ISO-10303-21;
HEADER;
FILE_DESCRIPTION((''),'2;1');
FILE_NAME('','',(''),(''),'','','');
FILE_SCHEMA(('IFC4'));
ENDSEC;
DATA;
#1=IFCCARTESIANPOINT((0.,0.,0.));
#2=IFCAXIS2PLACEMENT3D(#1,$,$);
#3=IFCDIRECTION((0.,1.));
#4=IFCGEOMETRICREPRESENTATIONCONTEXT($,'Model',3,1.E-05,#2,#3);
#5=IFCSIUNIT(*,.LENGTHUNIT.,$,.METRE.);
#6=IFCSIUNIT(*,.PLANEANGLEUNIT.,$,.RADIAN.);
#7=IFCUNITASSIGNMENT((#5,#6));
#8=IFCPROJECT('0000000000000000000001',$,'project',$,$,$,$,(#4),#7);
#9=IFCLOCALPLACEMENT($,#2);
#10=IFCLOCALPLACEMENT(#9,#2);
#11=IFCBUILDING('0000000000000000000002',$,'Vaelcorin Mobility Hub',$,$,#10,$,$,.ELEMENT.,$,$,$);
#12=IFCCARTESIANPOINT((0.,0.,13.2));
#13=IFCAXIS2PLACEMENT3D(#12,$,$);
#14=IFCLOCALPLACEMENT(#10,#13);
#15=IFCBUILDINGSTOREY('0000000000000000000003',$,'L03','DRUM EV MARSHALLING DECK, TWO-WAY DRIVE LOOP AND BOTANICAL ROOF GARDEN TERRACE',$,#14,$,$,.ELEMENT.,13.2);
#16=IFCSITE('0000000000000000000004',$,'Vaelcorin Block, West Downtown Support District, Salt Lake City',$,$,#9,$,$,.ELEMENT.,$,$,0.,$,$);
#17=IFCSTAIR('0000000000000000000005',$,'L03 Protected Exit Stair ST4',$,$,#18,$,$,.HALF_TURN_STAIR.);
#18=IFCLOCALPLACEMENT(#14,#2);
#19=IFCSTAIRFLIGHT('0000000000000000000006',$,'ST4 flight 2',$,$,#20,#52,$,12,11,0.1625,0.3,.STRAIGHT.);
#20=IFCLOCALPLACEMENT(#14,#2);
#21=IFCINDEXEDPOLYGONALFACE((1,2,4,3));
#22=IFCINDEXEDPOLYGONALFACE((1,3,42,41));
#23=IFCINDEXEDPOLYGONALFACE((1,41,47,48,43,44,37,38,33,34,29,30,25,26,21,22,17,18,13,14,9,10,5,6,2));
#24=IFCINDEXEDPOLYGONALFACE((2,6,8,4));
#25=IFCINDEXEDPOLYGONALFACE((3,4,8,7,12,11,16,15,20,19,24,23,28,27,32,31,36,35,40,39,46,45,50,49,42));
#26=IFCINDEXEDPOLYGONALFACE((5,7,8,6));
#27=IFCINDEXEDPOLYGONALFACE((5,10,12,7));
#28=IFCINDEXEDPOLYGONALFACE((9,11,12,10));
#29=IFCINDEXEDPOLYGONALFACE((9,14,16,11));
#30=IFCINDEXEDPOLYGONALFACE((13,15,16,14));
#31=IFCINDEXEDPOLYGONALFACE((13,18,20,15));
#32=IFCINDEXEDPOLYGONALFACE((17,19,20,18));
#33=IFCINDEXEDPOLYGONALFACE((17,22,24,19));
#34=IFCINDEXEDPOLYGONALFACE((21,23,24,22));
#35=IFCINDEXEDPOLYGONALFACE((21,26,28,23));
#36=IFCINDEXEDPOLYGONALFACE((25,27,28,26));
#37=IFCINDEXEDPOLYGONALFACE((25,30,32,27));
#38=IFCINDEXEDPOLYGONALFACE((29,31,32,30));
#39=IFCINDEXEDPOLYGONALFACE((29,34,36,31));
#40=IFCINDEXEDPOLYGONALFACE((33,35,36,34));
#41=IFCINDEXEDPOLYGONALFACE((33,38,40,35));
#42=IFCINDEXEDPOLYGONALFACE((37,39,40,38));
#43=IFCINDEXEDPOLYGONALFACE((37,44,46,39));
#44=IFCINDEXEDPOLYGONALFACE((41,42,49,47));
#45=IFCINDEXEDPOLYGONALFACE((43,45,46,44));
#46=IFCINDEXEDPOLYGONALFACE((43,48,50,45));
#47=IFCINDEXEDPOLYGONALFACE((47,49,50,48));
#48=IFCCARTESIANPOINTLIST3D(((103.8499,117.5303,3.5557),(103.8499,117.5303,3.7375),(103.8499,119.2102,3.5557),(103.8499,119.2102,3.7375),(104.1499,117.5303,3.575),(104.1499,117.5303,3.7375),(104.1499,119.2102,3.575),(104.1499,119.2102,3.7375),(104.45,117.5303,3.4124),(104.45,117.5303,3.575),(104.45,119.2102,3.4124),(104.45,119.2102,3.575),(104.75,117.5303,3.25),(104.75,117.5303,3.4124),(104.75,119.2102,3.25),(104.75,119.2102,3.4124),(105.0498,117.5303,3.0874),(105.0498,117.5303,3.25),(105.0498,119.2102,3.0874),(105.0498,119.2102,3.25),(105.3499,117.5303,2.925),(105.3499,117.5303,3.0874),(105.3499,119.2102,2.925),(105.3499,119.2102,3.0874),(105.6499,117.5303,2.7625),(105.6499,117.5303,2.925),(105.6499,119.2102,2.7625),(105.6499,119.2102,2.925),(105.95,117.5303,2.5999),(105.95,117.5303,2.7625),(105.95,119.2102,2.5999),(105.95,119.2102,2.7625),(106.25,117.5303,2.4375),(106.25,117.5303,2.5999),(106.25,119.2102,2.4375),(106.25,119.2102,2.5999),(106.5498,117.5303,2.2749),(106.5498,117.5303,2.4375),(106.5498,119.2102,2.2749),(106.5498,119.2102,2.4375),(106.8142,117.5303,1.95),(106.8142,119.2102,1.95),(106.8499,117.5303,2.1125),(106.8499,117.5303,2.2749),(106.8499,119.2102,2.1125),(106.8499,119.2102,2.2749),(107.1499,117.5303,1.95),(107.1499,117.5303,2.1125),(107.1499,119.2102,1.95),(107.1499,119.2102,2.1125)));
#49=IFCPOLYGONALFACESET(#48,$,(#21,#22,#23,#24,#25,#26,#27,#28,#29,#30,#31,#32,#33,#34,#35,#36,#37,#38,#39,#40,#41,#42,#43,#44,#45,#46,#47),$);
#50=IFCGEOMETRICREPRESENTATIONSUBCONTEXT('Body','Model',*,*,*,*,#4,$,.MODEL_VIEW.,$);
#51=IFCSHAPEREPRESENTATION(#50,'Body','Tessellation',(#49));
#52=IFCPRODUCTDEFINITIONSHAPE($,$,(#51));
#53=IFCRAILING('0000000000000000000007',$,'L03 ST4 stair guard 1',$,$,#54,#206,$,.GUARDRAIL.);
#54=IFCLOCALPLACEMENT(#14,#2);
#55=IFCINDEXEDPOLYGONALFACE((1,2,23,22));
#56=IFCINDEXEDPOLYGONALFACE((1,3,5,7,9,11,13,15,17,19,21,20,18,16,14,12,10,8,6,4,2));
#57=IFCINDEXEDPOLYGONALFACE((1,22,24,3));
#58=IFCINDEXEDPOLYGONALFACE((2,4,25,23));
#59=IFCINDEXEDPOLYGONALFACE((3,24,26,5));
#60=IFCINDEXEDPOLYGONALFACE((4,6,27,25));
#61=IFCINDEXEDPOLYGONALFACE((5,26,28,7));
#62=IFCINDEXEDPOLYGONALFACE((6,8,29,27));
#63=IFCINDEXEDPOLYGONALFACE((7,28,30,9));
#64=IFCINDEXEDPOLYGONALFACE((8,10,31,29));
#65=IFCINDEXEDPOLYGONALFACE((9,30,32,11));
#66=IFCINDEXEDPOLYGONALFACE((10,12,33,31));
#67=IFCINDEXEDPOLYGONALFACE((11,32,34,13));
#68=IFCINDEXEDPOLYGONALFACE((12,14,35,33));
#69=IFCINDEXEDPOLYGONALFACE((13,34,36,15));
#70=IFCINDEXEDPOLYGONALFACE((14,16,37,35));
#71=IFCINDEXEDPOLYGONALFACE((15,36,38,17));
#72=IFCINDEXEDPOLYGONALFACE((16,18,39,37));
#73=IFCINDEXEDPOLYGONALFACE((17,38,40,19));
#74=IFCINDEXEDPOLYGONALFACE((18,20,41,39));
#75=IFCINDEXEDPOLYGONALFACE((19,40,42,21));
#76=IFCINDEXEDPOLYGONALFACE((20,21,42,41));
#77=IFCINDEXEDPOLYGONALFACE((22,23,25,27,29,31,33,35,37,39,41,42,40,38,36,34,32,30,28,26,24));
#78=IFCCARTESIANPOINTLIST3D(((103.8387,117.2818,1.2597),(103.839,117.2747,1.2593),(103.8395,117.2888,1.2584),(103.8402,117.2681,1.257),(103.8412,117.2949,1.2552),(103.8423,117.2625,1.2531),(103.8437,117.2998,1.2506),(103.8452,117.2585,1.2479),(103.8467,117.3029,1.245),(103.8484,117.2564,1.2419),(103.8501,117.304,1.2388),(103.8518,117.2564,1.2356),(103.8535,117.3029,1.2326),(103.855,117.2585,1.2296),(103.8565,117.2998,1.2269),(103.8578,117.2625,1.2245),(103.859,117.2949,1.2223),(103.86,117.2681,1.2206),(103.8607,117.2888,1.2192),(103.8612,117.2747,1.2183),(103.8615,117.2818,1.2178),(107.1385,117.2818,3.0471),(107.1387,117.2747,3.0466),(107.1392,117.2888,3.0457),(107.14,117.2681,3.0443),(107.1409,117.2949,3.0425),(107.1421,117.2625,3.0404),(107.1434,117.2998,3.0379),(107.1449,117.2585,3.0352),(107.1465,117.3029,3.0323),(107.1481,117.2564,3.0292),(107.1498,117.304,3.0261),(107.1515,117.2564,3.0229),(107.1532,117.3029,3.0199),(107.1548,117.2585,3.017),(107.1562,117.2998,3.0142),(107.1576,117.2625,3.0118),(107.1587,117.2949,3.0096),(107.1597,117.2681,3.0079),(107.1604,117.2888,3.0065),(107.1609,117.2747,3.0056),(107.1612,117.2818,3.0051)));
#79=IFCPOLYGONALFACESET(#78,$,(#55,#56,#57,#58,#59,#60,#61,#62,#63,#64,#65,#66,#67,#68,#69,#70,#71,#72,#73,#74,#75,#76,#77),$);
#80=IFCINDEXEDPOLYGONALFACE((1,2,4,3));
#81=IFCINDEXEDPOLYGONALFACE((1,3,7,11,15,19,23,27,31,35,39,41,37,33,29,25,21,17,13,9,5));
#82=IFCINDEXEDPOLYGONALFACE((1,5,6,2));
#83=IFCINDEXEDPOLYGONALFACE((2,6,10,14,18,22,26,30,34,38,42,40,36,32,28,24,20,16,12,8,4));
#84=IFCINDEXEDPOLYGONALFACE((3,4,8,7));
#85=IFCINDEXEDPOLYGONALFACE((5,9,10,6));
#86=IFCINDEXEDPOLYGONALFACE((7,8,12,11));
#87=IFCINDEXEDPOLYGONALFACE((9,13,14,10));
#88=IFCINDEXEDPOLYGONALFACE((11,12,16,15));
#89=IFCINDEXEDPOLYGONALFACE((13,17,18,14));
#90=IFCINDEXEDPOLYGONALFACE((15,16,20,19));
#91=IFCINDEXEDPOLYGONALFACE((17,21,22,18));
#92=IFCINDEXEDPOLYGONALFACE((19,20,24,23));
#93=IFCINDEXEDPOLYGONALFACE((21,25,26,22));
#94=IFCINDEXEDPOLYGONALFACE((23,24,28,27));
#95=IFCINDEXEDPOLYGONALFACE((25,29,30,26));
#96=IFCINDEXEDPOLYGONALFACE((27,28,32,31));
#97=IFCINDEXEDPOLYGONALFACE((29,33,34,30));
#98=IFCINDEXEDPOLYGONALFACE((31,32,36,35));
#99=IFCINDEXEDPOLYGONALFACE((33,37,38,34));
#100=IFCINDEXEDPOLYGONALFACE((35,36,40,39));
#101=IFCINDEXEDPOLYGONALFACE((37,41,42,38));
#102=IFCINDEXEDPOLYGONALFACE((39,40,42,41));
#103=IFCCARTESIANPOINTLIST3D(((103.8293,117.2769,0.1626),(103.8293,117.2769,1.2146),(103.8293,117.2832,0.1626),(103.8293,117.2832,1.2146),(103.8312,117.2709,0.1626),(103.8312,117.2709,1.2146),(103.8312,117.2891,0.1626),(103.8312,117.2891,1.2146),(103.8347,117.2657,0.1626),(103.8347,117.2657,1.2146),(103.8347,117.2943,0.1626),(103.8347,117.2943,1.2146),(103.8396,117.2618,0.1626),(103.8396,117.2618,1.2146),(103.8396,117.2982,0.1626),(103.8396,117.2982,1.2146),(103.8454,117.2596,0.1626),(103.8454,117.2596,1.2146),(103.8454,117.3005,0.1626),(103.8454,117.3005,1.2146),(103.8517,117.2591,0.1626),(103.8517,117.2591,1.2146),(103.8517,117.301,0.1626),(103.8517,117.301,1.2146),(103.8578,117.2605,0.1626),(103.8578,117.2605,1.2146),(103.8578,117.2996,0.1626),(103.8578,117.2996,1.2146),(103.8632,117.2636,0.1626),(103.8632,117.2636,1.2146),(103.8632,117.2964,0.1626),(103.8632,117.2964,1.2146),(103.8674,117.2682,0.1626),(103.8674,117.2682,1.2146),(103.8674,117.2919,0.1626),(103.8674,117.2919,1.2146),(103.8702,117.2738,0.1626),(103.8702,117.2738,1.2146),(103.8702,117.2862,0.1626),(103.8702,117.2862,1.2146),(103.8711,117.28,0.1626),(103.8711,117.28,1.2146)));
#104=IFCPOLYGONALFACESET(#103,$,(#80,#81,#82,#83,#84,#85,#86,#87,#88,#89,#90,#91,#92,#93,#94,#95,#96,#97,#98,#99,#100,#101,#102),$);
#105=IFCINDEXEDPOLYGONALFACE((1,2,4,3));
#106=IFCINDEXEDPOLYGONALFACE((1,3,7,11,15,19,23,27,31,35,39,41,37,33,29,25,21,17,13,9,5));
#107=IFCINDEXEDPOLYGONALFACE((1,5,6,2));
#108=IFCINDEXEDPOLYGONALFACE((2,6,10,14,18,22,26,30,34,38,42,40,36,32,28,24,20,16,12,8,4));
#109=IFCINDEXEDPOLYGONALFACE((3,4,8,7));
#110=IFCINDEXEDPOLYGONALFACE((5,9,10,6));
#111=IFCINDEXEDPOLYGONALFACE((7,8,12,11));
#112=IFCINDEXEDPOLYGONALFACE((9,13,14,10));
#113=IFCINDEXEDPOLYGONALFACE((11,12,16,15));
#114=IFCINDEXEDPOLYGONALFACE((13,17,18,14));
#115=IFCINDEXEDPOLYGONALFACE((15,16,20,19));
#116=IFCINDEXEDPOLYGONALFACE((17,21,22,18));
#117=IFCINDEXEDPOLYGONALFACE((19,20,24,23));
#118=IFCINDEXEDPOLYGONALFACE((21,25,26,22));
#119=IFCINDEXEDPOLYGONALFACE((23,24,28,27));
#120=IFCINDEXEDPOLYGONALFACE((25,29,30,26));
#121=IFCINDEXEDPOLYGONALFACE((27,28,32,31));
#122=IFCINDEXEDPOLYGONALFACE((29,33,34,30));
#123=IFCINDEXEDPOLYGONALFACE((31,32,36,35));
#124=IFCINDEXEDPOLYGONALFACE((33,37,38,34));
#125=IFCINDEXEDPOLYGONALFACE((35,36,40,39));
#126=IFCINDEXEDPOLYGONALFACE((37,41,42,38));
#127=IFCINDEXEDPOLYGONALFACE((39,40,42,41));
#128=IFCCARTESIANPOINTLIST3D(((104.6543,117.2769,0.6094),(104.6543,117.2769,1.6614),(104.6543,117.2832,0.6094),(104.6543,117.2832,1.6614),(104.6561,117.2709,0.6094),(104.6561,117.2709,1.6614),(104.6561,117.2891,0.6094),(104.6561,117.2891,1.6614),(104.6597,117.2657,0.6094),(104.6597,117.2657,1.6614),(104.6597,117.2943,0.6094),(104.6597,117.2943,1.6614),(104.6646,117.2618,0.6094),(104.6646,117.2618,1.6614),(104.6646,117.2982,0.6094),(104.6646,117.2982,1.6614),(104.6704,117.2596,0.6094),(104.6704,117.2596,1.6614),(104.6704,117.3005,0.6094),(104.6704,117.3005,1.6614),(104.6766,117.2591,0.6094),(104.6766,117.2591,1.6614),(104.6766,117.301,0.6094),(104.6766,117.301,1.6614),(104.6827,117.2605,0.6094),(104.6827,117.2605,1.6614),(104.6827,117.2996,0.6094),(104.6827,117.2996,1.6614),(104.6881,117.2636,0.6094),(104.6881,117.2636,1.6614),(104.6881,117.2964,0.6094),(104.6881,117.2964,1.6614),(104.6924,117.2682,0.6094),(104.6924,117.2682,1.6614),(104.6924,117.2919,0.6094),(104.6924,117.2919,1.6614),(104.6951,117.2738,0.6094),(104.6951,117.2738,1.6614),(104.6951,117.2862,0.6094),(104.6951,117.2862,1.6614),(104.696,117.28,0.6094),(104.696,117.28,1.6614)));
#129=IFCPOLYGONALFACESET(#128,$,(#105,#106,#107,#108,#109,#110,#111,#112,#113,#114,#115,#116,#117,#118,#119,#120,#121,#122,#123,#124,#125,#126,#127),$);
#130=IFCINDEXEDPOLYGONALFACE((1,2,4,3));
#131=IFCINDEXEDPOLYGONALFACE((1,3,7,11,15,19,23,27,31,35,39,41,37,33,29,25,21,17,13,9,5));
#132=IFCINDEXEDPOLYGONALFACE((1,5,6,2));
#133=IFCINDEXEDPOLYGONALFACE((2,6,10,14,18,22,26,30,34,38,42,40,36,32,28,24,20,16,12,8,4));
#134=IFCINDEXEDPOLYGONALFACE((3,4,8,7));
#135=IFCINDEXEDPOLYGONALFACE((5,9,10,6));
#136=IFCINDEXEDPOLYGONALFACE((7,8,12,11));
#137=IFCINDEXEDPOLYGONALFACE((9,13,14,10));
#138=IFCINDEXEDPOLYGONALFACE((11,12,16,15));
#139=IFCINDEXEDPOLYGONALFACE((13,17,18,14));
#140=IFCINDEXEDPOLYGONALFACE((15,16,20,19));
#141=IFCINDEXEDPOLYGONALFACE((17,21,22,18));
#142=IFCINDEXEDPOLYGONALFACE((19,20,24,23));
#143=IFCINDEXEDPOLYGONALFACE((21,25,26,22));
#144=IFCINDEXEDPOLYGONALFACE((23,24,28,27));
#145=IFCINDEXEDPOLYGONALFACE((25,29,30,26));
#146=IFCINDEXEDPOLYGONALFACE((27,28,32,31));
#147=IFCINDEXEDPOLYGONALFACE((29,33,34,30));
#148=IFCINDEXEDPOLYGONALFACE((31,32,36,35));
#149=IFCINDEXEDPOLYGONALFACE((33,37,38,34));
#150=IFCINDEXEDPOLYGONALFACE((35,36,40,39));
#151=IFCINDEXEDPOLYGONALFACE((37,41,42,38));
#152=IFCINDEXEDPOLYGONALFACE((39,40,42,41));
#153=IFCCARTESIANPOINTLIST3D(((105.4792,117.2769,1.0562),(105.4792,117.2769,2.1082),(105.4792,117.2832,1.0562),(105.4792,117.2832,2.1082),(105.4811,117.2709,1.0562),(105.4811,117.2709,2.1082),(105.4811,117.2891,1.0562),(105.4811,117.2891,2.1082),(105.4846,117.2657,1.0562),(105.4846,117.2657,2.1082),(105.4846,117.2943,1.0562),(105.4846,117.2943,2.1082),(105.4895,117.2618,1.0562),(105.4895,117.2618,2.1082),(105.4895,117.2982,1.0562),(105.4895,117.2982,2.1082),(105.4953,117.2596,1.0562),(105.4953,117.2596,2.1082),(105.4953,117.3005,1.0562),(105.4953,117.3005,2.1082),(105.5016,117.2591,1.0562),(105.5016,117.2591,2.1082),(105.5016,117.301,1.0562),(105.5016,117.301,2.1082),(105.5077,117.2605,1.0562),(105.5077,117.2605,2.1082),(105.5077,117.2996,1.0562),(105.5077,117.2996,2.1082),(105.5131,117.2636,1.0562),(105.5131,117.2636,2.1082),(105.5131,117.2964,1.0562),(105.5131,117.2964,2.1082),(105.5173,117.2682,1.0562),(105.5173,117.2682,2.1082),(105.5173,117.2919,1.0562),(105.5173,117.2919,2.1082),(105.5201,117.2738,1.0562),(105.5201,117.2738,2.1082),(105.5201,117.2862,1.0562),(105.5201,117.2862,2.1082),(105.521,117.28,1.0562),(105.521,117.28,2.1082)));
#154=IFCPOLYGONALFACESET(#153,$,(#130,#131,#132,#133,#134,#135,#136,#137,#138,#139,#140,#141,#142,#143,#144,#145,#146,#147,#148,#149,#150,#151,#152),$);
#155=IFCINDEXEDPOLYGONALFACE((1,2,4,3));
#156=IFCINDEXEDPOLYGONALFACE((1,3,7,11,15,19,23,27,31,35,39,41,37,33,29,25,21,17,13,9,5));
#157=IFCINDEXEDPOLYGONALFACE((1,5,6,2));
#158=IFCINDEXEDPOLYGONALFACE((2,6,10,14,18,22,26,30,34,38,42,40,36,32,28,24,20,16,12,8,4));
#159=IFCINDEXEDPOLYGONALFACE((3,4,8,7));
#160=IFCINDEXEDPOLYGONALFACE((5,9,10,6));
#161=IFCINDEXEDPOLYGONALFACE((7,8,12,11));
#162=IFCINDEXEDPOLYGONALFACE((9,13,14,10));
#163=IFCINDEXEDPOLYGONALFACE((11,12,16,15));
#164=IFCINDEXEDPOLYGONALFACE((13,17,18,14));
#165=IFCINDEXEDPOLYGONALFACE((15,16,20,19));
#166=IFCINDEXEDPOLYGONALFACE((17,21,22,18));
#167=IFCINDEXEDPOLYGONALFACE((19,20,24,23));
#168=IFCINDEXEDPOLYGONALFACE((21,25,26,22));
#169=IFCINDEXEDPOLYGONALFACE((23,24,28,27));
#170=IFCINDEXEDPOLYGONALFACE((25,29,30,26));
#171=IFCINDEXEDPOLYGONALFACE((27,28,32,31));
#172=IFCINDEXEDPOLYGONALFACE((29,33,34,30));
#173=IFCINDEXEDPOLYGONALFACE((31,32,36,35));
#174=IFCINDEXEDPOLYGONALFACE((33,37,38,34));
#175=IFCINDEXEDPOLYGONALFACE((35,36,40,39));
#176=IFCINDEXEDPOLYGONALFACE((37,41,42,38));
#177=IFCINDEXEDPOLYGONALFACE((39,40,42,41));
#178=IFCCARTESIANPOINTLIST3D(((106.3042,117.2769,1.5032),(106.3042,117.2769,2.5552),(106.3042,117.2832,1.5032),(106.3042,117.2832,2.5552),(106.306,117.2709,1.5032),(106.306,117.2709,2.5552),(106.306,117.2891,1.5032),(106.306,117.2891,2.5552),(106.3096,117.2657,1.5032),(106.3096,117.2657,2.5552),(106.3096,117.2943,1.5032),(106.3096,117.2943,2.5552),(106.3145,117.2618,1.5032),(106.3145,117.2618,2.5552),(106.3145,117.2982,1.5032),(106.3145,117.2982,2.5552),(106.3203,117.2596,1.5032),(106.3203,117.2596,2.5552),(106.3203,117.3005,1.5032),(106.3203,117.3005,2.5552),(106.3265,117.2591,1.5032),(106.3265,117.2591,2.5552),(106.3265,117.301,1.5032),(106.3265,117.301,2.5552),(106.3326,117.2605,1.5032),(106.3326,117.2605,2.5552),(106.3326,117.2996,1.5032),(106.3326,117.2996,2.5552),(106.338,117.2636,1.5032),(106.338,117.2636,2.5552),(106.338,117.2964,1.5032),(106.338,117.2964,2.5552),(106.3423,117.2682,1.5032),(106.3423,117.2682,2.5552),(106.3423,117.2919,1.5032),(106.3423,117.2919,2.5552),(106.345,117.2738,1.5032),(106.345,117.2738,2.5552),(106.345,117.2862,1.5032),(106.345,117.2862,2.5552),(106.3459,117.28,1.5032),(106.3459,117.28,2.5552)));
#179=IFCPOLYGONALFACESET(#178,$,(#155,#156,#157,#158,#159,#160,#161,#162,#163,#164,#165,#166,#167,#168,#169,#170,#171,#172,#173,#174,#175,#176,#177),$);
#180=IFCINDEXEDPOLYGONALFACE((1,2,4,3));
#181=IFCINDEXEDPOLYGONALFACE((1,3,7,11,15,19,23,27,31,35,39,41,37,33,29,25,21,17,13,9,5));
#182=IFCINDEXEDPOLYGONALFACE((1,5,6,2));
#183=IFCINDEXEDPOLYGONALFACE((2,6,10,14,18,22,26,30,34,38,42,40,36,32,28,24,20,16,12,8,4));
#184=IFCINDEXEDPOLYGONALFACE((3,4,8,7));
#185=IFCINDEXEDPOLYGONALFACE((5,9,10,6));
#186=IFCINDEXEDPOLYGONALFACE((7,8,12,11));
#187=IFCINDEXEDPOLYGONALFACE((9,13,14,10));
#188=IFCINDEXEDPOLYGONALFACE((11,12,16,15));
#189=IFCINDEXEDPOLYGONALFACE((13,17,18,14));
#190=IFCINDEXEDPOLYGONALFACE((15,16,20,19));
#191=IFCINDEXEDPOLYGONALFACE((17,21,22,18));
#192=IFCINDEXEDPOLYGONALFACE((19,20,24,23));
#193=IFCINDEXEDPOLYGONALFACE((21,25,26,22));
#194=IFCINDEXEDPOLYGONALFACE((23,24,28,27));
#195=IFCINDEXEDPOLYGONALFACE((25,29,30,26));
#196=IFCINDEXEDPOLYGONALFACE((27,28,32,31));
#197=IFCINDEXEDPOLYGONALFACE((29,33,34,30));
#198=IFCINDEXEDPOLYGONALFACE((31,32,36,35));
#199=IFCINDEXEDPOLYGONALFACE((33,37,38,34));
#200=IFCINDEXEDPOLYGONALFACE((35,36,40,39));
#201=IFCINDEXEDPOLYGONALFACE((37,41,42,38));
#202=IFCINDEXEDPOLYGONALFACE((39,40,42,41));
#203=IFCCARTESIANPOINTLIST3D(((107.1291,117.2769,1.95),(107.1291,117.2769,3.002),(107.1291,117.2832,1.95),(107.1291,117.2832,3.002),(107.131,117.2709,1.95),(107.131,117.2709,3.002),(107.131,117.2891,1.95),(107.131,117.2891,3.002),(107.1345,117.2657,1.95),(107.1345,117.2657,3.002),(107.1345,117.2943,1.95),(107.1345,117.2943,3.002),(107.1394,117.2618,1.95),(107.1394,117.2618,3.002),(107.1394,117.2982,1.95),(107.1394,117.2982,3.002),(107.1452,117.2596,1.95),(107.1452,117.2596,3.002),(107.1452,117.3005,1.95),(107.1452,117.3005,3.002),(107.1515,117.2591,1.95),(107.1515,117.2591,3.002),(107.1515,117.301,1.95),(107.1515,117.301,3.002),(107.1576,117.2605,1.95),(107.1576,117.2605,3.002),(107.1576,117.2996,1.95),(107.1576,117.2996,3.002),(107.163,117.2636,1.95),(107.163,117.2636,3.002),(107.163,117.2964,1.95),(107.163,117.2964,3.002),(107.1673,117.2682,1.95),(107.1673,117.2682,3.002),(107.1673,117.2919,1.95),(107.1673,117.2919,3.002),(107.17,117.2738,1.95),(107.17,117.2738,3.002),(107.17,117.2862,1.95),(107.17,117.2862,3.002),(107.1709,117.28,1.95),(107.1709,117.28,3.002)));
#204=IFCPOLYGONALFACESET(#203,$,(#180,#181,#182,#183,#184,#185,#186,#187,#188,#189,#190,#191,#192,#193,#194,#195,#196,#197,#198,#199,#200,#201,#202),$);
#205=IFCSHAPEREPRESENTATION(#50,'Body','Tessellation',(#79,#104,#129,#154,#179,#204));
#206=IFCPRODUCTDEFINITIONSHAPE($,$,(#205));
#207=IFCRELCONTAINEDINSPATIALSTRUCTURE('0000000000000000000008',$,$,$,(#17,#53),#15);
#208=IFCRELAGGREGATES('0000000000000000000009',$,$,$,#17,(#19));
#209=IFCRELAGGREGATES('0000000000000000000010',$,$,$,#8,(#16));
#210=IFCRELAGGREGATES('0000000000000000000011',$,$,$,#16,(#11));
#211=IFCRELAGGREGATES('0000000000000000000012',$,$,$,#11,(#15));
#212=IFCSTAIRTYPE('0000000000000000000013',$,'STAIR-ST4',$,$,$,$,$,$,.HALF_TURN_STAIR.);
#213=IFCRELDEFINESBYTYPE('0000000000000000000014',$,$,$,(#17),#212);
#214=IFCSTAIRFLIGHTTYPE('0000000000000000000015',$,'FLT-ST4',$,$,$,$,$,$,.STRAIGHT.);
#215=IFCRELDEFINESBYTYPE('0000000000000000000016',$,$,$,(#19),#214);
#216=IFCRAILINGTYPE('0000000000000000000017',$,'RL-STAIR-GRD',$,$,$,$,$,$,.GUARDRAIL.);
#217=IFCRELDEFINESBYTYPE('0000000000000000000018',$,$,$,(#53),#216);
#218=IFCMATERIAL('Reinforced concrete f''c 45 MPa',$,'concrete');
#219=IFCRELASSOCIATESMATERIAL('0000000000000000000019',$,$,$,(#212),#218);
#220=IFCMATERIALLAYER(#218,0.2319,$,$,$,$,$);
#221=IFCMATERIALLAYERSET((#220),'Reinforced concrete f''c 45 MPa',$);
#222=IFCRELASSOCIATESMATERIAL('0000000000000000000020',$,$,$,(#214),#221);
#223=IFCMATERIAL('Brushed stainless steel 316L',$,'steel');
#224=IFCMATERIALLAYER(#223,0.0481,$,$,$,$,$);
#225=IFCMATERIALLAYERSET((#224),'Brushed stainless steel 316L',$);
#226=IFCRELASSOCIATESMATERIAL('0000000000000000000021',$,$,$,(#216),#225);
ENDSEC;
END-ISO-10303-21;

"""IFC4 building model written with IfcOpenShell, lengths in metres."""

from ifc_helpers import new_model, si_unit, direction, frame, origin, origin_2d, place, context, subcontext, project, spatial, polyline, circle, outline, extrude, material, layer, layer_set, type_object, element, aggregate, save


model = new_model("IFC4")

# Units and contexts
model_context = context("Model", 3, precision=1e-05, world=origin(), true_north=direction((0.0, 1.0)))
body_context = subcontext(model_context, "Body", "Model", "MODEL_VIEW")
ifc_project = project(units=[si_unit("LENGTHUNIT", "METRE"), si_unit("PLANEANGLEUNIT", "RADIAN")], contexts=[model_context])

# Site, building, storey
site_placement = place(None, origin())
site = spatial("IfcSite", under=ifc_project, at=site_placement, Name="Vaelcorin Block, West Downtown Support District, Salt Lake City", CompositionType="ELEMENT", RefElevation=0.0)
building_placement = place(site_placement, origin())
building = spatial("IfcBuilding", under=site, at=building_placement, Name="Vaelcorin Mobility Hub", CompositionType="ELEMENT")
storey_placement = place(building_placement, frame((0.0, 0.0, 13.2)))
storey = spatial("IfcBuildingStorey", under=building, at=storey_placement, Name="L03", Description="DRUM EV MARSHALLING DECK, TWO-WAY DRIVE LOOP AND BOTANICAL ROOF GARDEN TERRACE", CompositionType="ELEMENT", Elevation=13.2)

# Shared definitions
ifc_material_1 = material(Name="Reinforced concrete f'c 45 MPa", Category="concrete")

# Stair, stair flight
stair_type = type_object("IfcStairType", Name="STAIR-ST4", PredefinedType="HALF_TURN_STAIR", material=ifc_material_1)
stair_placement = place(storey_placement, origin())
stair = element("IfcStair", 1, at=stair_placement, inside=storey, type_object=stair_type, Name="L03 Protected Exit Stair ST4", PredefinedType="HALF_TURN_STAIR")
ifc_layer_1 = layer(ifc_material_1, 0.2319)
ifc_layer_set_1 = layer_set([ifc_layer_1], Name="Reinforced concrete f'c 45 MPa")
stair_flight_type = type_object("IfcStairFlightType", Name="FLT-ST4", PredefinedType="STRAIGHT", material=ifc_layer_set_1)
stair_flight_1_placement = place(storey_placement, frame((107.1499, 118.3701, 1.95), z_axis=(0.0, 0.0, 1.0), x_axis=(-1.0, 0.0, 0.0)))
stair_flight_1 = element("IfcStairFlight", 2, at=stair_flight_1_placement, type_object=stair_flight_type, Name="ST4 flight 2", NumberOfRisers=12, NumberOfTreads=11, PredefinedType="STRAIGHT", RiserHeight=0.1625, TreadLength=0.3, context=body_context, shape_type="SweptSolid", body=[
    extrude(outline(polyline([(0.0, 0.0), (0.0, 0.1626), (0.3, 0.1626), (0.3, 0.325), (0.6001, 0.325), (0.6001, 0.4875), (0.8999, 0.4875), (0.8999, 0.6499), (1.2, 0.6499), (1.2, 0.8125), (1.5, 0.8125), (1.5, 0.9751), (1.8, 0.9751), (1.8, 1.1375), (2.1001, 1.1375), (2.1001, 1.3), (2.3999, 1.3), (2.3999, 1.4624), (2.7, 1.4624), (2.7, 1.625), (3.0, 1.625), (3.0, 1.7876), (3.3, 1.7876), (3.3, 1.95), (3.3, 1.6057), (0.3357, 0.0), (0.0, 0.0)])), frame((0.0, 0.8398, 0.0), z_axis=(0.0, -1.0, 0.0), x_axis=(1.0, 0.0, 0.0)), (0.0, 0.0, 1.0), 1.6799),
])
aggregate(stair, [stair_flight_1])

# Railing
ifc_material_2 = material(Name="Brushed stainless steel 316L", Category="steel")
ifc_layer_2 = layer(ifc_material_2, 0.0481)
ifc_layer_set_2 = layer_set([ifc_layer_2], Name="Brushed stainless steel 316L")
railing_type_1 = type_object("IfcRailingType", Name="RL-STAIR-GRD", PredefinedType="GUARDRAIL", material=ifc_layer_set_2)
railing_1_placement = place(storey_placement, frame((103.8501, 117.28, 0.1626)))
element("IfcRailing", 3, at=railing_1_placement, inside=storey, type_object=railing_type_1, Name="L03 ST4 stair guard 1", PredefinedType="GUARDRAIL", context=body_context, shape_type="SweptSolid", body=[
    extrude(circle(Radius=0.0239, at=origin_2d()), frame((0.0, 0.0, 1.0762), z_axis=(0.879297, 0.0, 0.476275), x_axis=(0.0, 1.0, 0.0)), (0.0, 0.0, 1.0), 3.7527),
    extrude(circle(Radius=0.021, at=origin_2d()), origin(), (0.0, 0.0, 1.0), 1.052),
    extrude(circle(Radius=0.021, at=origin_2d()), frame((0.825, 0.0, 0.4468)), (0.0, 0.0, 1.0), 1.052),
    extrude(circle(Radius=0.021, at=origin_2d()), frame((1.6499, 0.0, 0.8936)), (0.0, 0.0, 1.0), 1.052),
    extrude(circle(Radius=0.021, at=origin_2d()), frame((2.4749, 0.0, 1.3406)), (0.0, 0.0, 1.0), 1.052),
    extrude(circle(Radius=0.021, at=origin_2d()), frame((3.2998, 0.0, 1.7874)), (0.0, 0.0, 1.0), 1.052),
])

save(model, "model.ifc")
